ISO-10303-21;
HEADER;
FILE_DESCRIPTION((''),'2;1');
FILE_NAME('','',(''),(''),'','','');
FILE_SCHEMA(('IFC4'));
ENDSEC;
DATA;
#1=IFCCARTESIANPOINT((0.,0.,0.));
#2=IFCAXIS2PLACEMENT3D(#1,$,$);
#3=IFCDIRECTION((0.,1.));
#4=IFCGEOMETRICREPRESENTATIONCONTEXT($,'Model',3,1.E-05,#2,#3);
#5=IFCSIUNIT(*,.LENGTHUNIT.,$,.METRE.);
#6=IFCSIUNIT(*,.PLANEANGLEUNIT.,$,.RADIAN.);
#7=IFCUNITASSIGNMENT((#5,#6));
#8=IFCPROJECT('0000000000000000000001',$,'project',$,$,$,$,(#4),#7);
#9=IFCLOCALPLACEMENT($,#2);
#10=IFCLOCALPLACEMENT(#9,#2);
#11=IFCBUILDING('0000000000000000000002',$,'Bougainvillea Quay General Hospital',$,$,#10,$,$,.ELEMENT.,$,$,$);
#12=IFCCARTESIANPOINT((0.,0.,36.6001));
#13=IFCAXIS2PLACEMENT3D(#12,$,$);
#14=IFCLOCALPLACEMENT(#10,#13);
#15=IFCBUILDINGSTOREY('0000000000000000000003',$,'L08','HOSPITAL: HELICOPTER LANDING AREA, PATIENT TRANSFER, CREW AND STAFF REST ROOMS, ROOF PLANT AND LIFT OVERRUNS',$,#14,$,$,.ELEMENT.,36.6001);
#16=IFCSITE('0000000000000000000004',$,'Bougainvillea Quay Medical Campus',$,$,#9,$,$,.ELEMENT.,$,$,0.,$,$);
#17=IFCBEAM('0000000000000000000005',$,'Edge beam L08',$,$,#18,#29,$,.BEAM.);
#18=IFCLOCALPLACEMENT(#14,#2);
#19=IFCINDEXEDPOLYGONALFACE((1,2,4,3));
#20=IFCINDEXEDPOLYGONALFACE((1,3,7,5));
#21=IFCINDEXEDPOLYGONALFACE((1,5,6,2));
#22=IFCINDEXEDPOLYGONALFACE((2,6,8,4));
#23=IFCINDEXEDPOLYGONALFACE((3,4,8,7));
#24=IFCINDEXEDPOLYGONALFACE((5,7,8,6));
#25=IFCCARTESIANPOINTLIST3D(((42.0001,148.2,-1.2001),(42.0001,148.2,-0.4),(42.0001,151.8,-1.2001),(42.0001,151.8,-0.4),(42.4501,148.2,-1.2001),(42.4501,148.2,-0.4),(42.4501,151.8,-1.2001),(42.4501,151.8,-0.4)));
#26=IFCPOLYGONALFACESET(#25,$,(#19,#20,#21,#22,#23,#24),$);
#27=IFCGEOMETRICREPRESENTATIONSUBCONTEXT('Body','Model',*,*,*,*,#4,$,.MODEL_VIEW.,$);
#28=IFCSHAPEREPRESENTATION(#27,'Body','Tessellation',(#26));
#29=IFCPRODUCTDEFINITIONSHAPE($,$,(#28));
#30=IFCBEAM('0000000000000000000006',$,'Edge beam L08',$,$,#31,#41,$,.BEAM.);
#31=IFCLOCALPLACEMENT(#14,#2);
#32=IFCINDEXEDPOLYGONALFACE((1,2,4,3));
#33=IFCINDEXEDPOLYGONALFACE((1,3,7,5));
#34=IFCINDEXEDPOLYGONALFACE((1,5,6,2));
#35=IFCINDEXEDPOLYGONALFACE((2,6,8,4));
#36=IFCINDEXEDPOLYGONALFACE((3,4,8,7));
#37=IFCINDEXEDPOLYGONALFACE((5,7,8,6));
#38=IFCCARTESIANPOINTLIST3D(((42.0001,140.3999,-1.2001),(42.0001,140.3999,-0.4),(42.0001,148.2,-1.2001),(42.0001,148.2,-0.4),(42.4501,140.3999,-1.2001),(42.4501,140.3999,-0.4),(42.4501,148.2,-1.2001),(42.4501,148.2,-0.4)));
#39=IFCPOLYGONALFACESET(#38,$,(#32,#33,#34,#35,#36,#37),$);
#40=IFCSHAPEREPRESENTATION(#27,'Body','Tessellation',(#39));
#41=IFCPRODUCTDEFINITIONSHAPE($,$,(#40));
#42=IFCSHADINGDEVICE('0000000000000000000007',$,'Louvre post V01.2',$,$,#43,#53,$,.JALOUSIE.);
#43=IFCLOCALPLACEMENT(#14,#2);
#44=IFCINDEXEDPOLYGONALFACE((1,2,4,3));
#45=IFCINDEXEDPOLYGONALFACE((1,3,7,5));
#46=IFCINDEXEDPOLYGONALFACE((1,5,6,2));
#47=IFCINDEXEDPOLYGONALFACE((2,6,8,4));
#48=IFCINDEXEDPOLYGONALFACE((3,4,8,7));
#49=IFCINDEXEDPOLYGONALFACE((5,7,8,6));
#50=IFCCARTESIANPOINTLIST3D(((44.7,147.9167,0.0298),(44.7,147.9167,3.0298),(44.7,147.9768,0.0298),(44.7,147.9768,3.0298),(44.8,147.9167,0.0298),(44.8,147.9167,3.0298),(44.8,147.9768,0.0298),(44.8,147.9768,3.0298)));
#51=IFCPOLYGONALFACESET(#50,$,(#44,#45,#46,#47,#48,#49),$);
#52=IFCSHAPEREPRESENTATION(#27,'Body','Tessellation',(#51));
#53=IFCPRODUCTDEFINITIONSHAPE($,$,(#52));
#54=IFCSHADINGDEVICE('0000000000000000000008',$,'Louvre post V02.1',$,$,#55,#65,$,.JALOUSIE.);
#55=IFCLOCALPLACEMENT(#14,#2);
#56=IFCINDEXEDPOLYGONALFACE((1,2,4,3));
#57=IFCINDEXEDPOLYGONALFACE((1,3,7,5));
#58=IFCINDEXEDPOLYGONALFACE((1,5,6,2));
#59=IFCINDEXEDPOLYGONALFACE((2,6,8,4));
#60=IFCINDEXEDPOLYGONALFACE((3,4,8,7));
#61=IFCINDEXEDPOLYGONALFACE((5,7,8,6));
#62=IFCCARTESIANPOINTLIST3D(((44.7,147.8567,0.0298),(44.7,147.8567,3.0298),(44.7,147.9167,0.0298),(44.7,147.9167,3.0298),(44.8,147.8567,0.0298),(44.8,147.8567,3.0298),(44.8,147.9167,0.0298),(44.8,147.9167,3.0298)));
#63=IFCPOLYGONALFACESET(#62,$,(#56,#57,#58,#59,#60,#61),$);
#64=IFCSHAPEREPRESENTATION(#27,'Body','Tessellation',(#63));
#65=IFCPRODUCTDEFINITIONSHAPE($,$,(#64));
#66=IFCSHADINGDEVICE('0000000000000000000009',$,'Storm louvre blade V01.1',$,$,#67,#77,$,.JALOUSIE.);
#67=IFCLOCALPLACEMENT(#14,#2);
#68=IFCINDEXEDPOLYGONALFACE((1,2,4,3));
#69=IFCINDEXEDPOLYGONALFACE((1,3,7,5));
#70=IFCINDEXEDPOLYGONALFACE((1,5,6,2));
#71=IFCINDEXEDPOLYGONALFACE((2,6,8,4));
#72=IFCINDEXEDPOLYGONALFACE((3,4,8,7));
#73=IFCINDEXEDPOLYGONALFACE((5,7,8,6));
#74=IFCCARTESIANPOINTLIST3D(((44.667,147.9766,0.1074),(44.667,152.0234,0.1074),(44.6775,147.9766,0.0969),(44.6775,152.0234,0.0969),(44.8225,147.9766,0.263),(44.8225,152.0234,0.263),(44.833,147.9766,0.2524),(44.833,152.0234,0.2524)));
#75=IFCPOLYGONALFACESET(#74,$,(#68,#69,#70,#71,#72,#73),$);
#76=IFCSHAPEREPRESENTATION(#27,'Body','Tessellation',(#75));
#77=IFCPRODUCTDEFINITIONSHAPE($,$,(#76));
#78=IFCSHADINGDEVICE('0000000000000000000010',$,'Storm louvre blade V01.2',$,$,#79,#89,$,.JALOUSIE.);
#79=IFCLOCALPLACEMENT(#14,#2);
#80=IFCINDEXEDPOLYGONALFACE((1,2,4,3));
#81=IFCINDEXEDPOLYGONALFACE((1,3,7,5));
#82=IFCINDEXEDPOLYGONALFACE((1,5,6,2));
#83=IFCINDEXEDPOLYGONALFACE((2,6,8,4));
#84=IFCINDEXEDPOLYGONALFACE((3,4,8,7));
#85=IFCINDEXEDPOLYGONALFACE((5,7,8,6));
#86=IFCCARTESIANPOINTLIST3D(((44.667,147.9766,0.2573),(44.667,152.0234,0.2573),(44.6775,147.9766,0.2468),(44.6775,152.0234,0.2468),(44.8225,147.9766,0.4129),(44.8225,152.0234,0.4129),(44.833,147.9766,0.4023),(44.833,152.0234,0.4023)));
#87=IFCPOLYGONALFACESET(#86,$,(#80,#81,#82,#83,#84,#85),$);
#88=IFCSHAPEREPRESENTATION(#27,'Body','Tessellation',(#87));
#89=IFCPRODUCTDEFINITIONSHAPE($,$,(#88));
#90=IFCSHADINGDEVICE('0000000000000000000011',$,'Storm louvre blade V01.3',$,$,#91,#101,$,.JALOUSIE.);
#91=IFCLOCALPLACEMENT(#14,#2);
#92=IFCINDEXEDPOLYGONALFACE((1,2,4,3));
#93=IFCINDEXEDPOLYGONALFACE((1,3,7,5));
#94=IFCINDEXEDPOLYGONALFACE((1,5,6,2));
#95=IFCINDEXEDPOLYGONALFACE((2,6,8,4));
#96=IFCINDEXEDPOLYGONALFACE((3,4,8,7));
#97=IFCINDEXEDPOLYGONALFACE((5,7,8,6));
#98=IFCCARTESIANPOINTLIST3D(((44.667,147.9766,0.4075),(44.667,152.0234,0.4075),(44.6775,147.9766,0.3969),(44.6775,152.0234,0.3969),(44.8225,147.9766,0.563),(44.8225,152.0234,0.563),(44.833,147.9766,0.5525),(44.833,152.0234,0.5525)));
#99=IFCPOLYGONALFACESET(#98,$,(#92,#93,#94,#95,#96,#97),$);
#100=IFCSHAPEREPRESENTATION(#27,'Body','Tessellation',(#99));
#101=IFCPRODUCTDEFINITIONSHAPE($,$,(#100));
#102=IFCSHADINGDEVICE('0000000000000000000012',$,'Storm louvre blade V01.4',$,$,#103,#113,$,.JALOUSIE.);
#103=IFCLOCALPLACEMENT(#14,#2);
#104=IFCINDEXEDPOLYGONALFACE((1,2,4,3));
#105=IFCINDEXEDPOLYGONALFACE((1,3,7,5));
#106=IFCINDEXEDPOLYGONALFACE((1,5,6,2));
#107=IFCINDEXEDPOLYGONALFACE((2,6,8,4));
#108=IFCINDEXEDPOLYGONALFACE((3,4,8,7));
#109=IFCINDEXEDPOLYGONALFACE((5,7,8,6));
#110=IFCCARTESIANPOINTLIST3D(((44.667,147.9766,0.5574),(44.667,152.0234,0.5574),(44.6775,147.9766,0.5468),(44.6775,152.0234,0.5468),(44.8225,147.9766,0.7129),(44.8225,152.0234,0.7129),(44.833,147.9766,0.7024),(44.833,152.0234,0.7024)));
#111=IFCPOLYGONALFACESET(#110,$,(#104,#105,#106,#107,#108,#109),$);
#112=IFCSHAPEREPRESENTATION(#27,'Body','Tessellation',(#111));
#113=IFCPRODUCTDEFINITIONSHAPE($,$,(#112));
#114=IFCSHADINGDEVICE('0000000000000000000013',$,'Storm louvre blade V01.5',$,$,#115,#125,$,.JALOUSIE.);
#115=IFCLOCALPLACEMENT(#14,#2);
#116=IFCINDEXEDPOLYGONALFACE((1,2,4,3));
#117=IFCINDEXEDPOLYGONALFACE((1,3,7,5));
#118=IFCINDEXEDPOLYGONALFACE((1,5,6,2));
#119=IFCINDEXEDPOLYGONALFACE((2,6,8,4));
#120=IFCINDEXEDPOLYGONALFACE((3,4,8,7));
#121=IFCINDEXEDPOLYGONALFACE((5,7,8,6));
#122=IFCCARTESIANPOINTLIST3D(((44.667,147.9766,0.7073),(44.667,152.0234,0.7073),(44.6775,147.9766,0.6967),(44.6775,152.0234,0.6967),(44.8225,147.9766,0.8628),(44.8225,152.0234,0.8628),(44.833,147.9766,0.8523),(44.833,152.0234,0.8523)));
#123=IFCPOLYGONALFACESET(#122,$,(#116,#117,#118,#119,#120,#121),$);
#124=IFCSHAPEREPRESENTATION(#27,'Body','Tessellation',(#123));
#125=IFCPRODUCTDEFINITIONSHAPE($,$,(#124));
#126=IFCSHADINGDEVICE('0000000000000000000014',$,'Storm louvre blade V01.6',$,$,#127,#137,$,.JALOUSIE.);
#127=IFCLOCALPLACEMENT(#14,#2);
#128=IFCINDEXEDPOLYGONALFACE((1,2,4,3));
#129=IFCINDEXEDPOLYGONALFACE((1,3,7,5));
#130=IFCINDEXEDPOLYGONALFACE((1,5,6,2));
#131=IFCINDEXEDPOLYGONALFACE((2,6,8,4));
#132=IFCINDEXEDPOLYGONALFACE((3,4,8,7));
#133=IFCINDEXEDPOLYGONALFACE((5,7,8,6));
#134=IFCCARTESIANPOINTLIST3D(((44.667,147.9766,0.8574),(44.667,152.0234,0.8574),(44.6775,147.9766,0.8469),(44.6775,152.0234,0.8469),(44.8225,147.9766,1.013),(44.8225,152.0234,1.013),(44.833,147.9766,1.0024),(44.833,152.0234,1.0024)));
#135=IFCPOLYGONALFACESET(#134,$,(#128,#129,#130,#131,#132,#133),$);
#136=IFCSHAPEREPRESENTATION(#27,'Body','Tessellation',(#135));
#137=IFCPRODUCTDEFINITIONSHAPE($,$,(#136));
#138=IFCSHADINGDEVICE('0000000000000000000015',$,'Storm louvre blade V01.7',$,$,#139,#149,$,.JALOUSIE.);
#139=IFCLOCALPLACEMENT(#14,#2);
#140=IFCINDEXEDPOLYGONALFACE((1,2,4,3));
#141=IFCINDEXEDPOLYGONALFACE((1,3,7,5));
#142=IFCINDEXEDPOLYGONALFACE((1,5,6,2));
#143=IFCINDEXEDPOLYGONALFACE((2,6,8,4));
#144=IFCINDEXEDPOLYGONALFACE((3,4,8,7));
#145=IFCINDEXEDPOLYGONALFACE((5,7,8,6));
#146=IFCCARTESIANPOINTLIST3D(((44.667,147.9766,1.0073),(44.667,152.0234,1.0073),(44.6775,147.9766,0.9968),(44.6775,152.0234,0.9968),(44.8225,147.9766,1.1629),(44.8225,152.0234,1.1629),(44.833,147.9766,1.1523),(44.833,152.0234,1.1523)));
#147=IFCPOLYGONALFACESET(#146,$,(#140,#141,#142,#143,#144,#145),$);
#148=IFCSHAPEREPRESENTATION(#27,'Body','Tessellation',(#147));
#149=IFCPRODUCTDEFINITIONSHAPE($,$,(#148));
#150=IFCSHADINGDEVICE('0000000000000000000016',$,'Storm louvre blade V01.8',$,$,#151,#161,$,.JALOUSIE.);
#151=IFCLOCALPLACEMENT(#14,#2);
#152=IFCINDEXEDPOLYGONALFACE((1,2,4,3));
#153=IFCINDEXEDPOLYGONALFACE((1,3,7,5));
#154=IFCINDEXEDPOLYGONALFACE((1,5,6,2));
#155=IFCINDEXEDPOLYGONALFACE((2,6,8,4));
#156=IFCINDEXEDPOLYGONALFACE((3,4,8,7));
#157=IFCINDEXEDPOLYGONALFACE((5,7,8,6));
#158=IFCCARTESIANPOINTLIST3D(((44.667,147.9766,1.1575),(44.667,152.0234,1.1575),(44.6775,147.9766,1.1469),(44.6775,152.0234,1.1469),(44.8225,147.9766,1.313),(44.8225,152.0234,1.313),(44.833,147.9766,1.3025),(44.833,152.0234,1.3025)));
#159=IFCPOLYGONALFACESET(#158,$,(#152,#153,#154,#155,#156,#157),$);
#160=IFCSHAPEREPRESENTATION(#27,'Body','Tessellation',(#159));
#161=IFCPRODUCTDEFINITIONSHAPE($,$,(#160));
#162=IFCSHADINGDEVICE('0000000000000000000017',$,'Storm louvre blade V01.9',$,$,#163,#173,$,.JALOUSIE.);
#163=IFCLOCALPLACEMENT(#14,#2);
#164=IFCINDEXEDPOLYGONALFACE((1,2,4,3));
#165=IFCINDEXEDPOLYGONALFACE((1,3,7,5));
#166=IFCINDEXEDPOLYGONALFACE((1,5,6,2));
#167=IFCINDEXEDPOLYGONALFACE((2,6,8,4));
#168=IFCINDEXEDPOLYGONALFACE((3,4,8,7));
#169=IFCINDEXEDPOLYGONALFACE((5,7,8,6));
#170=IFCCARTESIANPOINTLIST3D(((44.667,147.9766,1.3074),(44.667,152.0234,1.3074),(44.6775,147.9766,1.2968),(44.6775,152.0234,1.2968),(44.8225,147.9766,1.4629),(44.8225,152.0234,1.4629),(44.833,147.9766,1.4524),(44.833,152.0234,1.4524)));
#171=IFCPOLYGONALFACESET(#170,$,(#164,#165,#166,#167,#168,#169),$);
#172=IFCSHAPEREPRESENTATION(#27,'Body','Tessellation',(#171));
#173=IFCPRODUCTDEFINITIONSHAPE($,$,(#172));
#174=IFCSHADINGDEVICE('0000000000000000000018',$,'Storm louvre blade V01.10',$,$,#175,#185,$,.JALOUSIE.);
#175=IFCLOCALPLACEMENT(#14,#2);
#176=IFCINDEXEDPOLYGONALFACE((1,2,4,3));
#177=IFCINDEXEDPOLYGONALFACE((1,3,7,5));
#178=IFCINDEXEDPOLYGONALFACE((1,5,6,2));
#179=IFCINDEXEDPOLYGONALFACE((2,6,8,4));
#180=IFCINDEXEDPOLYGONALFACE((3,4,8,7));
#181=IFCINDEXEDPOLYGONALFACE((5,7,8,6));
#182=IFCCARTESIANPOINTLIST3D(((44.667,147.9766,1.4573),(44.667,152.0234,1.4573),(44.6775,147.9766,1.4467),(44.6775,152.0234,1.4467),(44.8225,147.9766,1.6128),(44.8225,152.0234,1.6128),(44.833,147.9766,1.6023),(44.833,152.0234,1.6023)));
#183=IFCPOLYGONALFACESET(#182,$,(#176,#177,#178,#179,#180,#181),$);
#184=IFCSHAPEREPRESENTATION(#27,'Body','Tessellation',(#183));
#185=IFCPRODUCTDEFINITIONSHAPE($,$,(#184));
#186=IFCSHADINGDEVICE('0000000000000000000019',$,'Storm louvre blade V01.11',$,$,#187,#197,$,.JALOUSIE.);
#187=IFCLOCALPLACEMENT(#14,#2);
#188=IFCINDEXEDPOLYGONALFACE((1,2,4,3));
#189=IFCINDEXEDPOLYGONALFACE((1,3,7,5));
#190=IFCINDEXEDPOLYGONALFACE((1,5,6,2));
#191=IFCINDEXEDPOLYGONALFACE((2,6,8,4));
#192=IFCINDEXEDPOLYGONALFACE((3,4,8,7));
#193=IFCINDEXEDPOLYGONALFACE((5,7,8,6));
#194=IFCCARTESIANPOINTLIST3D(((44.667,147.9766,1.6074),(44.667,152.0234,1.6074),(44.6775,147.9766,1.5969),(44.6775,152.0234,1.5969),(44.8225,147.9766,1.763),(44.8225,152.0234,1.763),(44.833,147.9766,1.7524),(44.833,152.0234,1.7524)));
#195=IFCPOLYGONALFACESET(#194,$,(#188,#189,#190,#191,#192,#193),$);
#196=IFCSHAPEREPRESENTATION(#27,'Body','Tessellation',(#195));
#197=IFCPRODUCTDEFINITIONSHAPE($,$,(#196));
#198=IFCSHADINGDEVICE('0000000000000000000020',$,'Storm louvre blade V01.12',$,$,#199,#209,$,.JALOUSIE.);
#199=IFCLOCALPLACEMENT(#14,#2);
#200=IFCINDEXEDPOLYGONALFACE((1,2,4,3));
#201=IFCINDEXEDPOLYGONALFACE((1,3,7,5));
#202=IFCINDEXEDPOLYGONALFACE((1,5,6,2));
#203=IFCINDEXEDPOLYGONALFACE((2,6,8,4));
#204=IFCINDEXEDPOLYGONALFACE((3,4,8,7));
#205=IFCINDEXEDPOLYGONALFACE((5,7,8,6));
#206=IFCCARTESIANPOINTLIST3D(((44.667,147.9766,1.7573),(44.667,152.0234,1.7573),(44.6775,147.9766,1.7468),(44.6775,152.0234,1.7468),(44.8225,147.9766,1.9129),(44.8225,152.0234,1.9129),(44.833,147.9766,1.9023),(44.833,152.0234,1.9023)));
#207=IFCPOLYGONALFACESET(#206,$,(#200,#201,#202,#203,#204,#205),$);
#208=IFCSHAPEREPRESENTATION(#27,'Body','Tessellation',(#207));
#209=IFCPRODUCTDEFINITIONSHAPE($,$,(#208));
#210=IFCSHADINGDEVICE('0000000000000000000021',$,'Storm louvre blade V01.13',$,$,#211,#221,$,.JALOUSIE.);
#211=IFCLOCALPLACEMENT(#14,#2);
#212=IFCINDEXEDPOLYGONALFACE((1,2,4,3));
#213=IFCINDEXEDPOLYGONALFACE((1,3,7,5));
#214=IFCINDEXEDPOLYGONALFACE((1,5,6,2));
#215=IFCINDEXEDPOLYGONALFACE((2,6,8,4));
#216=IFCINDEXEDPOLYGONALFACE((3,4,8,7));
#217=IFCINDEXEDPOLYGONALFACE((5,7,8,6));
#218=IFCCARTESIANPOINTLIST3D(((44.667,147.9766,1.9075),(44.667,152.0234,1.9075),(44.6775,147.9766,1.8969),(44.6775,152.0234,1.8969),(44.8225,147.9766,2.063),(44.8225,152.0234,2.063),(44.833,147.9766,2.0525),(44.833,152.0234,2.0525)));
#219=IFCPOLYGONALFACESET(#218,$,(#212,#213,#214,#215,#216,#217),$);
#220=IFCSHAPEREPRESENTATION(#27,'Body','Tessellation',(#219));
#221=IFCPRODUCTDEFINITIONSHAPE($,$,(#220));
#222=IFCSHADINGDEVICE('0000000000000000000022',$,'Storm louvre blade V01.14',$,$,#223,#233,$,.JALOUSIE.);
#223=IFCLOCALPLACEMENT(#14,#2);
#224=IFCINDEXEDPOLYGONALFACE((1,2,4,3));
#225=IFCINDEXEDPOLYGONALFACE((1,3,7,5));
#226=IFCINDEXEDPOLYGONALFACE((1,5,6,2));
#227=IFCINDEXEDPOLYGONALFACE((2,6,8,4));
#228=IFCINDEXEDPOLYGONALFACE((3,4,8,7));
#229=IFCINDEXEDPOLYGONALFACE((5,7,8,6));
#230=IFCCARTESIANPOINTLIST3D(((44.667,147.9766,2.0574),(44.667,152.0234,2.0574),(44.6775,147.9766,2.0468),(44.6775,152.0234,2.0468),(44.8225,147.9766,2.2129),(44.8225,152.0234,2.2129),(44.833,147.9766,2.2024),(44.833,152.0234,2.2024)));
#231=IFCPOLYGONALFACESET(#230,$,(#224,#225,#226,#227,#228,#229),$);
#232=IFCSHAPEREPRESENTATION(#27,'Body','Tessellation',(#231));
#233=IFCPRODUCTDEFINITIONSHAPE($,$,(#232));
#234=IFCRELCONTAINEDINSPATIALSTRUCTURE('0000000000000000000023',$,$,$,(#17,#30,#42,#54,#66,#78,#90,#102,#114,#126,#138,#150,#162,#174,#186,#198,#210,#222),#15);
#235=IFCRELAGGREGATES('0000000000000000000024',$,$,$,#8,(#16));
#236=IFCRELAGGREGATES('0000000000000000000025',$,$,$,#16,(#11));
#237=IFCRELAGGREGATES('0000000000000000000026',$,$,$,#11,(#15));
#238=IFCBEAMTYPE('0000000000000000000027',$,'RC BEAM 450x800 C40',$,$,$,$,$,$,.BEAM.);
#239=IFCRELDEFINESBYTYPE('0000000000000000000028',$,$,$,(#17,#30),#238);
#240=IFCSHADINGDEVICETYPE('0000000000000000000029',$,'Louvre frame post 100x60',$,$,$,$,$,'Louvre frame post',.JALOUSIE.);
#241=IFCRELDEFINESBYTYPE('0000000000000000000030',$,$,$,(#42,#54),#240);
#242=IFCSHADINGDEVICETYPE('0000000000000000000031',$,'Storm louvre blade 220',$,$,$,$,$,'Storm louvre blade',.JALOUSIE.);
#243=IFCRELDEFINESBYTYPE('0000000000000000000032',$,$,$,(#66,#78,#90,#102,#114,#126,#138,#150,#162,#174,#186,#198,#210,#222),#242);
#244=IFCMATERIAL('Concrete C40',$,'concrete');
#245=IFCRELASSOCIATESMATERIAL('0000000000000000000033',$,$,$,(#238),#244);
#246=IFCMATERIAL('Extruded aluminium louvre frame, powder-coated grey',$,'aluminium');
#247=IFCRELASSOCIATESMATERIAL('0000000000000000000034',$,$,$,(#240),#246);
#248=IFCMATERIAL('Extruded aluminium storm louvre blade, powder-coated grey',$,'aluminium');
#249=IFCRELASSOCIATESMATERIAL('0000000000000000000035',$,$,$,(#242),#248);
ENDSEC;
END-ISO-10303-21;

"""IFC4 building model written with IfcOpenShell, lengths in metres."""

from ifc_helpers import new_model, si_unit, direction, frame, origin, origin_2d, place, context, subcontext, project, spatial, rectangle, extrude, material, material_profile, profile_set, type_object, element, save


model = new_model("IFC4")

# Units and contexts
model_context = context("Model", 3, precision=1e-05, world=origin(), true_north=direction((0.0, 1.0)))
body_context = subcontext(model_context, "Body", "Model", "MODEL_VIEW")
ifc_project = project(units=[si_unit("LENGTHUNIT", "METRE"), si_unit("PLANEANGLEUNIT", "RADIAN")], contexts=[model_context])

# Site, building, storey
site_placement = place(None, origin())
site = spatial("IfcSite", under=ifc_project, at=site_placement, Name="Bougainvillea Quay Medical Campus", CompositionType="ELEMENT", RefElevation=0.0)
building_placement = place(site_placement, origin())
building = spatial("IfcBuilding", under=site, at=building_placement, Name="Bougainvillea Quay General Hospital", CompositionType="ELEMENT")
storey_placement = place(building_placement, frame((0.0, 0.0, 36.6001)))
storey = spatial("IfcBuildingStorey", under=building, at=storey_placement, Name="L08", Description="HOSPITAL: HELICOPTER LANDING AREA, PATIENT TRANSFER, CREW AND STAFF REST ROOMS, ROOF PLANT AND LIFT OVERRUNS", CompositionType="ELEMENT", Elevation=36.6001)

# Beams
ifc_material_1 = material(Name="Concrete C40", Category="concrete")
ifc_material_profile_1 = material_profile(ifc_material_1, rectangle(XDim=0.45, YDim=0.8, at=origin_2d()))
ifc_profile_set_1 = profile_set([ifc_material_profile_1], Name="Concrete C40")
beam_type = type_object("IfcBeamType", Name="RC BEAM 450x800 C40", PredefinedType="BEAM", material=ifc_profile_set_1)
beam_1_placement = place(storey_placement, frame((42.2251, 151.8, -0.8), z_axis=(0.0, -1.0, 0.0), x_axis=(1.0, 0.0, 0.0)))
element("IfcBeam", 1, at=beam_1_placement, inside=storey, type_object=beam_type, Name="Edge beam L08", PredefinedType="BEAM", context=body_context, shape_type="SweptSolid", body=[
    extrude(rectangle(XDim=0.45, YDim=0.8, at=origin_2d()), origin(), (0.0, 0.0, 1.0), 3.6001),
])
beam_2_placement = place(storey_placement, frame((42.2251, 148.2, -0.8), z_axis=(0.0, -1.0, 0.0), x_axis=(1.0, 0.0, 0.0)))
element("IfcBeam", 2, at=beam_2_placement, inside=storey, type_object=beam_type, Name="Edge beam L08", PredefinedType="BEAM", context=body_context, shape_type="SweptSolid", body=[
    extrude(rectangle(XDim=0.45, YDim=0.8, at=origin_2d()), origin(), (0.0, 0.0, 1.0), 7.8),
])

# Shading devices
ifc_material_2 = material(Name="Extruded aluminium louvre frame, powder-coated grey", Category="aluminium")
ifc_material_profile_2 = material_profile(ifc_material_2, rectangle(XDim=0.1001, YDim=0.0601, at=origin_2d()))
ifc_profile_set_2 = profile_set([ifc_material_profile_2], Name="Extruded aluminium louvre frame, powder-coated grey")
shading_device_type_1 = type_object("IfcShadingDeviceType", Name="Louvre frame post 100x60", ElementType="Louvre frame post", PredefinedType="JALOUSIE", material=ifc_profile_set_2)
for number, where, z_axis, x_axis, name in (
    (3, (44.75, 147.9468, 0.0298), (0.0, 0.0, 1.0), (1.0, 0.0, 0.0), "Louvre post V01.2"),
    (4, (44.75, 147.8867, 0.0298), (0.0, 0.0, 1.0), (1.0, 0.0, 0.0), "Louvre post V02.1"),
):
    element("IfcShadingDevice", number, at=place(storey_placement, frame(where, z_axis=z_axis, x_axis=x_axis)), inside=storey, type_object=shading_device_type_1, Name=name, PredefinedType="JALOUSIE", context=body_context, shape_type="SweptSolid", body=[
        extrude(rectangle(XDim=0.1001, YDim=0.0601, at=origin_2d()), origin(), (0.0, 0.0, 1.0), 3.0),
    ])
ifc_material_3 = material(Name="Extruded aluminium storm louvre blade, powder-coated grey", Category="aluminium")
ifc_material_profile_3 = material_profile(ifc_material_3, rectangle(XDim=0.22, YDim=0.0149, at=origin_2d()))
ifc_profile_set_3 = profile_set([ifc_material_profile_3], Name="Extruded aluminium storm louvre blade, powder-coated grey")
shading_device_type_2 = type_object("IfcShadingDeviceType", Name="Storm louvre blade 220", ElementType="Storm louvre blade", PredefinedType="JALOUSIE", material=ifc_profile_set_3)
for number, where, z_axis, x_axis, name in (
    (5, (44.75, 152.0234, 0.1799), (0.0, -1.0, 0.0), (0.707107, 0.0, 0.707107), "Storm louvre blade V01.1"),
    (6, (44.75, 152.0234, 0.3298), (0.0, -1.0, 0.0), (0.707107, 0.0, 0.707107), "Storm louvre blade V01.2"),
    (7, (44.75, 152.0234, 0.48), (0.0, -1.0, 0.0), (0.707107, 0.0, 0.707107), "Storm louvre blade V01.3"),
    (8, (44.75, 152.0234, 0.6299), (0.0, -1.0, 0.0), (0.707107, 0.0, 0.707107), "Storm louvre blade V01.4"),
    (9, (44.75, 152.0234, 0.7798), (0.0, -1.0, 0.0), (0.707107, 0.0, 0.707107), "Storm louvre blade V01.5"),
    (10, (44.75, 152.0234, 0.9299), (0.0, -1.0, 0.0), (0.707107, 0.0, 0.707107), "Storm louvre blade V01.6"),
    (11, (44.75, 152.0234, 1.0798), (0.0, -1.0, 0.0), (0.707107, 0.0, 0.707107), "Storm louvre blade V01.7"),
    (12, (44.75, 152.0234, 1.23), (0.0, -1.0, 0.0), (0.707107, 0.0, 0.707107), "Storm louvre blade V01.8"),
    (13, (44.75, 152.0234, 1.3799), (0.0, -1.0, 0.0), (0.707107, 0.0, 0.707107), "Storm louvre blade V01.9"),
    (14, (44.75, 152.0234, 1.5298), (0.0, -1.0, 0.0), (0.707107, 0.0, 0.707107), "Storm louvre blade V01.10"),
    (15, (44.75, 152.0234, 1.6799), (0.0, -1.0, 0.0), (0.707107, 0.0, 0.707107), "Storm louvre blade V01.11"),
    (16, (44.75, 152.0234, 1.8298), (0.0, -1.0, 0.0), (0.707107, 0.0, 0.707107), "Storm louvre blade V01.12"),
    (17, (44.75, 152.0234, 1.98), (0.0, -1.0, 0.0), (0.707107, 0.0, 0.707107), "Storm louvre blade V01.13"),
    (18, (44.75, 152.0234, 2.1299), (0.0, -1.0, 0.0), (0.707107, 0.0, 0.707107), "Storm louvre blade V01.14"),
):
    element("IfcShadingDevice", number, at=place(storey_placement, frame(where, z_axis=z_axis, x_axis=x_axis)), inside=storey, type_object=shading_device_type_2, Name=name, PredefinedType="JALOUSIE", context=body_context, shape_type="SweptSolid", body=[
        extrude(rectangle(XDim=0.22, YDim=0.0149, at=origin_2d()), origin(), (0.0, 0.0, 1.0), 4.0469),
    ])

save(model, "model.ifc")
